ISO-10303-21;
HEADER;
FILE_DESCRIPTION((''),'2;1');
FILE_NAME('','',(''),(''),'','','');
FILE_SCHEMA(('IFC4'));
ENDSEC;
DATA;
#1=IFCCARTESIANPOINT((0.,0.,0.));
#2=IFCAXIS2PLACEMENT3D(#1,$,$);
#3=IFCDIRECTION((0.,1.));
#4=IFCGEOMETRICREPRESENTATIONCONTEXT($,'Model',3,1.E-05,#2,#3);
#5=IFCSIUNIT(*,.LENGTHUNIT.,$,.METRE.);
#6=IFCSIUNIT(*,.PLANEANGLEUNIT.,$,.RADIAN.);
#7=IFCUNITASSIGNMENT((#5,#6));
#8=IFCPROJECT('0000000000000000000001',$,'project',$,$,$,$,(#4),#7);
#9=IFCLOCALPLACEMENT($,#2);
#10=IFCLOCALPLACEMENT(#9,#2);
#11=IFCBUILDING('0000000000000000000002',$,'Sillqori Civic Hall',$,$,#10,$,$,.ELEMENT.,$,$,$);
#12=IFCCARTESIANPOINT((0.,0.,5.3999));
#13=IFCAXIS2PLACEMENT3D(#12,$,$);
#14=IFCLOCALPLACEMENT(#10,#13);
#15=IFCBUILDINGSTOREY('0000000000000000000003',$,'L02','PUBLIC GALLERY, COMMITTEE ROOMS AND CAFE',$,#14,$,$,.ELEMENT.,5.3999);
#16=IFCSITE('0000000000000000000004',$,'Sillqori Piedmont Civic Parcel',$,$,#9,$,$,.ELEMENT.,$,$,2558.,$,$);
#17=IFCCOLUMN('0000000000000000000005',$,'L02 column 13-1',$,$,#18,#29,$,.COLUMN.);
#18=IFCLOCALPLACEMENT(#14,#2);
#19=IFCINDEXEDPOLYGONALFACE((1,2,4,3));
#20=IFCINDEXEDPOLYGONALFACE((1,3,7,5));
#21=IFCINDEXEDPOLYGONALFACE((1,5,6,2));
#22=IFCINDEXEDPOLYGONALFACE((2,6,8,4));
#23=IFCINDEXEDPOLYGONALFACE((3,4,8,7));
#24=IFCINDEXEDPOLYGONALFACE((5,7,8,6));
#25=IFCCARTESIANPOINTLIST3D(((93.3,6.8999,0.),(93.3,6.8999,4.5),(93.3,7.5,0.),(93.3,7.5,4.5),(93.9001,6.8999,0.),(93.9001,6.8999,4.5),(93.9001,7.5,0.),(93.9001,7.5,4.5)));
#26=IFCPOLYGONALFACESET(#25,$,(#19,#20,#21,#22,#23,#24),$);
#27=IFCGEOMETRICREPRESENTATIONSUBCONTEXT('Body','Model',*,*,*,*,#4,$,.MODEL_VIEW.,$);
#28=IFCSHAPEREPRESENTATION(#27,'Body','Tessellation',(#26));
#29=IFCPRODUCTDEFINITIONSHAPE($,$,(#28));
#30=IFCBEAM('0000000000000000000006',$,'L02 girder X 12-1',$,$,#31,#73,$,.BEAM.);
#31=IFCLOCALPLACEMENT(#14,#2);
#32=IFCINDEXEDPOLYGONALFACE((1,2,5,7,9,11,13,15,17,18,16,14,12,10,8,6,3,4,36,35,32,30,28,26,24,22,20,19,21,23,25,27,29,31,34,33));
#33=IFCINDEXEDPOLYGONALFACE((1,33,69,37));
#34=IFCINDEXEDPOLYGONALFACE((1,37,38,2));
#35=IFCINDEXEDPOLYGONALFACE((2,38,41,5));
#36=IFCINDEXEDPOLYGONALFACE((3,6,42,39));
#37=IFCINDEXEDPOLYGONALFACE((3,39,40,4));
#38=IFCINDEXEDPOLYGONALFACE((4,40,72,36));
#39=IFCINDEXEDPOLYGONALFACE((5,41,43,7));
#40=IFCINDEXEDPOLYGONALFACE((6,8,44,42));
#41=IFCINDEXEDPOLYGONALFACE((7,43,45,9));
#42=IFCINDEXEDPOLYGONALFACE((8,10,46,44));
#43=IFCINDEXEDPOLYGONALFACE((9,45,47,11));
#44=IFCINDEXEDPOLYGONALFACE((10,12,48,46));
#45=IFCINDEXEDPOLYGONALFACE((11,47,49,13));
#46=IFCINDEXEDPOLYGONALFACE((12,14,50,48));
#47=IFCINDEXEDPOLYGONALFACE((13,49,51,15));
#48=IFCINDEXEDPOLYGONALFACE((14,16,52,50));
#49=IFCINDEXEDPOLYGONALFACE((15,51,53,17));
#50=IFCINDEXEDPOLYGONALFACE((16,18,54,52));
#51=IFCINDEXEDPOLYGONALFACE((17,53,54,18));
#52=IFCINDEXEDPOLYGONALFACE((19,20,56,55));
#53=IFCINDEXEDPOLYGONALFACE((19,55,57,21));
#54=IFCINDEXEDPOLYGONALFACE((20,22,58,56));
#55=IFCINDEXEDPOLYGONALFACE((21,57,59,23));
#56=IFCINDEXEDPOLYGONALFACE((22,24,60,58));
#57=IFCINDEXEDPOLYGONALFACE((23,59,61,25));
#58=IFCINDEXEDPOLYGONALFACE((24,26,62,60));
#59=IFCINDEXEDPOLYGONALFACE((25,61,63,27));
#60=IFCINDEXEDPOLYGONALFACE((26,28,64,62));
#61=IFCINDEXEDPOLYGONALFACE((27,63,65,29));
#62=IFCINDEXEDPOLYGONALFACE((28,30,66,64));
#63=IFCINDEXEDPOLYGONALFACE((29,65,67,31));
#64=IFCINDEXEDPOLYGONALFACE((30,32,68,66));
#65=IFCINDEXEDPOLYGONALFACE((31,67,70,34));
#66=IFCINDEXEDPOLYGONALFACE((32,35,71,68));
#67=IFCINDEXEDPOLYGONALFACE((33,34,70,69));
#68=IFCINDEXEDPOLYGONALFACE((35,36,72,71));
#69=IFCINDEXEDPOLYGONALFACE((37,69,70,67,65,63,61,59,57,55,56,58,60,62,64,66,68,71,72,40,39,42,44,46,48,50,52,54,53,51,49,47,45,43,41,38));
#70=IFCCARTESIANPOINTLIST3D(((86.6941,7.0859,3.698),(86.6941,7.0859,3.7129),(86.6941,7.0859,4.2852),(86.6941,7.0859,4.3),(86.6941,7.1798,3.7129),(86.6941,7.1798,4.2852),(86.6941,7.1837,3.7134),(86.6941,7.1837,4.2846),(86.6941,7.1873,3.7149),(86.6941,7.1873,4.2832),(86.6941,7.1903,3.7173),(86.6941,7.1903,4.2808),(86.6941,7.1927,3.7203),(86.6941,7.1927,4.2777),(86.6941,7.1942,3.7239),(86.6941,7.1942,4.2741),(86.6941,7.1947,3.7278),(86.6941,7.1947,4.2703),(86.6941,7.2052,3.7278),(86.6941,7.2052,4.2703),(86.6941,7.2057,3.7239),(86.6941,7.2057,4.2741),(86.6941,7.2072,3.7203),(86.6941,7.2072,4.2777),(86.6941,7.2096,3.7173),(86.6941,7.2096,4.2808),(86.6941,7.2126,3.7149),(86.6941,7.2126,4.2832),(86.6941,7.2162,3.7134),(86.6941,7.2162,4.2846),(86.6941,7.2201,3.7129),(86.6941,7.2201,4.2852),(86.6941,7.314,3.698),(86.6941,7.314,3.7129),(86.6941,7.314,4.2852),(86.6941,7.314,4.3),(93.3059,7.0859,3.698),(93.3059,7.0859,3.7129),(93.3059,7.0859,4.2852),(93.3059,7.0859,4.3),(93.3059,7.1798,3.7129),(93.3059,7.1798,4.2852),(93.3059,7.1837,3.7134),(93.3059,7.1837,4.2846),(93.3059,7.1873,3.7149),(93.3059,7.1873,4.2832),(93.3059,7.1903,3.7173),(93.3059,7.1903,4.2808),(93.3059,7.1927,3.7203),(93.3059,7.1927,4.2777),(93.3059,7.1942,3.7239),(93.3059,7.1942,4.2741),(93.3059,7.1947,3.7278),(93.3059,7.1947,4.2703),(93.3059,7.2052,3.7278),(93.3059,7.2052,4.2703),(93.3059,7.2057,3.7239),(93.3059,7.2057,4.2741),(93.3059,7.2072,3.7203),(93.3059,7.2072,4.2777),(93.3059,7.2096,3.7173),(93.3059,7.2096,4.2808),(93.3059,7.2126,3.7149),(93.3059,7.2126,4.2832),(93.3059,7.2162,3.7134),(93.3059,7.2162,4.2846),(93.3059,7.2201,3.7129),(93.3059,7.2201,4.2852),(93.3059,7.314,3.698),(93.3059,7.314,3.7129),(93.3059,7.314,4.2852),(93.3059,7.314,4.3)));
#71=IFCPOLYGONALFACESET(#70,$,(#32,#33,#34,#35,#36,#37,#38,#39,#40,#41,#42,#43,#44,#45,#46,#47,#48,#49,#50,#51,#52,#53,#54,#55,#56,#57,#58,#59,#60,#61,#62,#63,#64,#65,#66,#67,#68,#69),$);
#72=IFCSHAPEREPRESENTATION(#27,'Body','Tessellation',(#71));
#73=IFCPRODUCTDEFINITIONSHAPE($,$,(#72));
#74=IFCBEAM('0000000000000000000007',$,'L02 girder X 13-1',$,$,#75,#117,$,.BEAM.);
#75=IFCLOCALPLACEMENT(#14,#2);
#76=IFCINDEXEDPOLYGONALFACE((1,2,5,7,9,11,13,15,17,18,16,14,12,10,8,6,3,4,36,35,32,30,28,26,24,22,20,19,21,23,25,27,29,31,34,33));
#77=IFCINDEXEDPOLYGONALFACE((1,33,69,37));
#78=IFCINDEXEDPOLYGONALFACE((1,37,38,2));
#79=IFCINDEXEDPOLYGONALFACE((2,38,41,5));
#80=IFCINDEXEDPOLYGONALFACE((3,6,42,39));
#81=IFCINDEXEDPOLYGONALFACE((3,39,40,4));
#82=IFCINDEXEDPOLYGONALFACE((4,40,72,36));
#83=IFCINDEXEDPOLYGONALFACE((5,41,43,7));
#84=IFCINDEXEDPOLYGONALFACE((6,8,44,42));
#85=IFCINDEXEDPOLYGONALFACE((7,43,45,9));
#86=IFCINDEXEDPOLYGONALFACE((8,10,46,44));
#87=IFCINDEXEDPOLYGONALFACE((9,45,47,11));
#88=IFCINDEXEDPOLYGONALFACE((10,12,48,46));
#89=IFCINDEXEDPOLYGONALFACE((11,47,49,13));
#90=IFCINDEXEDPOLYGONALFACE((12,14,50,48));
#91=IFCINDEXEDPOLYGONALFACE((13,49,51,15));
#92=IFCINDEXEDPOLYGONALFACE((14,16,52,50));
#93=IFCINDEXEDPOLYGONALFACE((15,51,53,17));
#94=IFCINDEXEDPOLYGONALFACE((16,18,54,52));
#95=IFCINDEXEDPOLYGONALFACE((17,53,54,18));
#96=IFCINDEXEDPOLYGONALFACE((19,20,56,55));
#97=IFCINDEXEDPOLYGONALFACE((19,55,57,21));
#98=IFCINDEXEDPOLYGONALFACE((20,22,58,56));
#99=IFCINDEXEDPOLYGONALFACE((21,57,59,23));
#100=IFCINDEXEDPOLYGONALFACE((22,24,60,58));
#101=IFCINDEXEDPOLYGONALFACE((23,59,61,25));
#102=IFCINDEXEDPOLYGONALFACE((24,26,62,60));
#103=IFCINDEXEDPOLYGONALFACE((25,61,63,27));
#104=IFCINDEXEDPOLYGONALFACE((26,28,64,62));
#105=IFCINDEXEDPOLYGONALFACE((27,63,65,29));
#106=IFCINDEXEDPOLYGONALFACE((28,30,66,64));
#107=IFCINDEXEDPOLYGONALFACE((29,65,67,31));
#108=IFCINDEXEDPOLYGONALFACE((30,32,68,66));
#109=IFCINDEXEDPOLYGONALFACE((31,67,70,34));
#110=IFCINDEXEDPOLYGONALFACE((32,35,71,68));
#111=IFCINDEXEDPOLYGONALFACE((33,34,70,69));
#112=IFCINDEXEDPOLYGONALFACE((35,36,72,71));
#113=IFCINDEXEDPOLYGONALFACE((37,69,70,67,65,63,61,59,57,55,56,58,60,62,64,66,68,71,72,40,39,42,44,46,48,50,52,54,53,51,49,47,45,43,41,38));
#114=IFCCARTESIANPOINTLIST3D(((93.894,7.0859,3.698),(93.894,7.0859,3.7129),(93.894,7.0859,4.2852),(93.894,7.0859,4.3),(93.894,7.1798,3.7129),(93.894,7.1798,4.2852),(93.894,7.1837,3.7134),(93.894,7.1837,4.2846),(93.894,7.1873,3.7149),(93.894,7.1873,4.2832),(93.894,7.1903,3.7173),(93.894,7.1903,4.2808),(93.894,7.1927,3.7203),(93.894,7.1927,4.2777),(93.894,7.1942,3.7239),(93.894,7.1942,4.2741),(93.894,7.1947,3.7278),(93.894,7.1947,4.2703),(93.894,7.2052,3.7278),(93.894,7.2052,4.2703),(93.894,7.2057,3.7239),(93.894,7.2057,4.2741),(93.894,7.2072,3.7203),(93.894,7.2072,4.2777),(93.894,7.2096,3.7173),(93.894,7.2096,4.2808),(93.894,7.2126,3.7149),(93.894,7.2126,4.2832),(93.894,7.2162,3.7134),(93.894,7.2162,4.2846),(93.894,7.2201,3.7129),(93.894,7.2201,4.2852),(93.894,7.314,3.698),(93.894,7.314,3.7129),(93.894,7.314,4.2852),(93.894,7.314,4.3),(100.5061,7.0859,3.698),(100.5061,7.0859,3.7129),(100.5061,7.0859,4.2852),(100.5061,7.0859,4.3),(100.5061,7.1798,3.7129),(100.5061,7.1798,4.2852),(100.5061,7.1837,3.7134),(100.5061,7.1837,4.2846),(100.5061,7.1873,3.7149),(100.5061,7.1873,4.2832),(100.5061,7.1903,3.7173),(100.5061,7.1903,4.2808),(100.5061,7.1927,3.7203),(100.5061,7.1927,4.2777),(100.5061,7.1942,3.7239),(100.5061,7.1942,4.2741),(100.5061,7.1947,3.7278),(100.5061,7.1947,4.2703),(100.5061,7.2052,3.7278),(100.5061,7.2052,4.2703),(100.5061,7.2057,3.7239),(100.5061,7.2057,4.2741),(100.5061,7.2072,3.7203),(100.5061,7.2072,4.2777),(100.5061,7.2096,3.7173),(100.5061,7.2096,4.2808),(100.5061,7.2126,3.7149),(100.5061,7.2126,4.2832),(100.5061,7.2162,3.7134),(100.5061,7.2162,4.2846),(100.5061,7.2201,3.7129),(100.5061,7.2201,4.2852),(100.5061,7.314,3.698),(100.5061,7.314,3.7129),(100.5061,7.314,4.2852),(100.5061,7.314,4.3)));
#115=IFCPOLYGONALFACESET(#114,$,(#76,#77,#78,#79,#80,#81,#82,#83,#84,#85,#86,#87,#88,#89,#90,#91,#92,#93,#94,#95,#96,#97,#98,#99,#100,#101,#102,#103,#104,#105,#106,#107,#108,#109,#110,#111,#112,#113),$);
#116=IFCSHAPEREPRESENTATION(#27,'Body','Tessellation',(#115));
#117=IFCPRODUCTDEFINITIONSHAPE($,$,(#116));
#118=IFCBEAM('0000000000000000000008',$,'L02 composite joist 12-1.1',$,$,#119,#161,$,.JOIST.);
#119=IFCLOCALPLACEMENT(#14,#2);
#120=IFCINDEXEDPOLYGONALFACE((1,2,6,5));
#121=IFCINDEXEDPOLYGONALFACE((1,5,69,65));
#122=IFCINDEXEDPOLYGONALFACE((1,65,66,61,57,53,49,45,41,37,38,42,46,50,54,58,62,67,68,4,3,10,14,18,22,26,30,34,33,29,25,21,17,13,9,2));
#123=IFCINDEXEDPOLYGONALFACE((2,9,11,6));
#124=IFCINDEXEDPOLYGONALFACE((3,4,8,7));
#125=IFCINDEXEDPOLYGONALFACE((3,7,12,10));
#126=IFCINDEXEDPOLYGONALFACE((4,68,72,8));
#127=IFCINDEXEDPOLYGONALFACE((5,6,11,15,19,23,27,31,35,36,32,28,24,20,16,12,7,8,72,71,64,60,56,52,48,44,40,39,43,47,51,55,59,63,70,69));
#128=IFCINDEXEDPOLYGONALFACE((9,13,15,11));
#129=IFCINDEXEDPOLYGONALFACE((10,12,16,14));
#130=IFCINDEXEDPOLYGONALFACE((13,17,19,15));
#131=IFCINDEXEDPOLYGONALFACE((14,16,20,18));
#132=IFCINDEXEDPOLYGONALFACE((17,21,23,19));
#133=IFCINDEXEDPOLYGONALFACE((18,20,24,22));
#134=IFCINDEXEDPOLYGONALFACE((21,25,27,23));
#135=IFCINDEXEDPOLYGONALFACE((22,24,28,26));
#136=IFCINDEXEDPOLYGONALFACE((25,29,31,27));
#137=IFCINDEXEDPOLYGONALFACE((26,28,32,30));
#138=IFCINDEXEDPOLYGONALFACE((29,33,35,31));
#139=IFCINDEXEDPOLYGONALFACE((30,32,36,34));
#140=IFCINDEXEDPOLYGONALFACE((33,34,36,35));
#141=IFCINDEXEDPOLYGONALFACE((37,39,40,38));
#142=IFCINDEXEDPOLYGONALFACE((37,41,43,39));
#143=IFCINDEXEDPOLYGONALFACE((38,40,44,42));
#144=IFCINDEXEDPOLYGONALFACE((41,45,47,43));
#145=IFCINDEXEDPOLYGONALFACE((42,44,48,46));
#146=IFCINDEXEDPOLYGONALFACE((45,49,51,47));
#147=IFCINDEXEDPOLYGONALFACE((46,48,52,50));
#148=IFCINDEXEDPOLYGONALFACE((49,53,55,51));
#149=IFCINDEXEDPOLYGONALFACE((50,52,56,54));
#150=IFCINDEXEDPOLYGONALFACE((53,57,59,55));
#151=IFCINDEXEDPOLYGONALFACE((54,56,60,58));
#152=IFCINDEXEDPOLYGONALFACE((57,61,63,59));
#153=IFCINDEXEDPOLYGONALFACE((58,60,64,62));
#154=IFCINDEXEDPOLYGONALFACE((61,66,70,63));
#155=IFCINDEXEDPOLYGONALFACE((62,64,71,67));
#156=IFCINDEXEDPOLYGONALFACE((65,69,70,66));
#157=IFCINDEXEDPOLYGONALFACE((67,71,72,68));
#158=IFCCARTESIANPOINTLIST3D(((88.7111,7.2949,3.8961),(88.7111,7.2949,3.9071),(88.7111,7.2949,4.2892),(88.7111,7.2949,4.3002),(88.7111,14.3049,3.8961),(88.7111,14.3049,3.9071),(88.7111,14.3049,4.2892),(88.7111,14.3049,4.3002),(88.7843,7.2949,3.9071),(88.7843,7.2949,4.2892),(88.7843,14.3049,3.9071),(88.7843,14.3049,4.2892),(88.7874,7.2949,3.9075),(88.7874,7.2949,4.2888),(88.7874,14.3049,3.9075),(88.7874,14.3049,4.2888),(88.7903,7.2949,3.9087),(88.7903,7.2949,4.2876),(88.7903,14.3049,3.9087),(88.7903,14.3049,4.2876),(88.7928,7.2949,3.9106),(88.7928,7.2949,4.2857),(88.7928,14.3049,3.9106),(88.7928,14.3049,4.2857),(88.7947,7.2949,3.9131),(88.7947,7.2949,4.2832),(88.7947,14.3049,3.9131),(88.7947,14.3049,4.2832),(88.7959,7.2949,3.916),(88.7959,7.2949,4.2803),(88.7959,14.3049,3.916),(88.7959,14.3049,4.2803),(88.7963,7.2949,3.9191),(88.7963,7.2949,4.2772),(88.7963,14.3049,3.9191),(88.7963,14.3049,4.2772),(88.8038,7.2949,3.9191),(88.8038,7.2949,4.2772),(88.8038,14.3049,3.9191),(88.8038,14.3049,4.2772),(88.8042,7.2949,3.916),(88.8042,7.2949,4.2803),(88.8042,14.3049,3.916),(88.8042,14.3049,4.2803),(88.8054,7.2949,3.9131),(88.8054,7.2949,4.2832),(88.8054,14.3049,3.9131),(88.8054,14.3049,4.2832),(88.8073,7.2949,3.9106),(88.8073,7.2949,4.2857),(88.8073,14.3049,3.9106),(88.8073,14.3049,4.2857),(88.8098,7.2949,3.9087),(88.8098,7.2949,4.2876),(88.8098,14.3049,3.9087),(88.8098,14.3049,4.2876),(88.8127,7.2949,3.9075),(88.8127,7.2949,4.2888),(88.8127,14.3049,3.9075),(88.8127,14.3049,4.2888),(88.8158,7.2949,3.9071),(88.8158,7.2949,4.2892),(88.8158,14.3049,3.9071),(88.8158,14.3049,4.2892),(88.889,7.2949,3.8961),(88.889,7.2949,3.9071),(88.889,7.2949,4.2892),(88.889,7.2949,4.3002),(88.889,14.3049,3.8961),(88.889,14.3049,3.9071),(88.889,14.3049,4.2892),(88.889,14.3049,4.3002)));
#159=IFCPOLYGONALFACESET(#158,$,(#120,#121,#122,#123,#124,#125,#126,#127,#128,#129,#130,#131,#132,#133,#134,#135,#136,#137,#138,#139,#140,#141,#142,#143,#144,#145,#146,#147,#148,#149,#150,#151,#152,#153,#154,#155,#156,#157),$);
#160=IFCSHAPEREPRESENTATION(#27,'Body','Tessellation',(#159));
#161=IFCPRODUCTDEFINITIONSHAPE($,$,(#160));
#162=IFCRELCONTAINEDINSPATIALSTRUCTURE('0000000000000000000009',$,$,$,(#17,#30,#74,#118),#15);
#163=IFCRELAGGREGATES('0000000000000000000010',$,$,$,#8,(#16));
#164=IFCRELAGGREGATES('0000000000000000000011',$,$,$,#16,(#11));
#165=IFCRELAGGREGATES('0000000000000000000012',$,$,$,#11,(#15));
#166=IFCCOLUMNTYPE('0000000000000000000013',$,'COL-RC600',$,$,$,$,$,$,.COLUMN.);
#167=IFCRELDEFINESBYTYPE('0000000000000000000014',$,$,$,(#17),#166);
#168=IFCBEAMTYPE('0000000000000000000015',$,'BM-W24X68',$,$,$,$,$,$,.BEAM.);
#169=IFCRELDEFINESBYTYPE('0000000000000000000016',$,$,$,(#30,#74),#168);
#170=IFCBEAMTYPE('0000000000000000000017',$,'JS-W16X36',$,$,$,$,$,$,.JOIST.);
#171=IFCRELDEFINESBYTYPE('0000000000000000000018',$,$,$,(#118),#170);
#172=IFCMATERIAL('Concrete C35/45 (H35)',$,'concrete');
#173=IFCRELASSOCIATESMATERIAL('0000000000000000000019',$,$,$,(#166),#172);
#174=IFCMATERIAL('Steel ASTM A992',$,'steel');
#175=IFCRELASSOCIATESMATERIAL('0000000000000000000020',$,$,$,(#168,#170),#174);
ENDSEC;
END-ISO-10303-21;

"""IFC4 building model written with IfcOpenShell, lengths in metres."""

from ifc_helpers import new_model, si_unit, direction, frame, origin, origin_2d, place, context, subcontext, project, spatial, rectangle, i_section, extrude, material, material_profile, profile_set, type_object, element, save


model = new_model("IFC4")

# Units and contexts
model_context = context("Model", 3, precision=1e-05, world=origin(), true_north=direction((0.0, 1.0)))
body_context = subcontext(model_context, "Body", "Model", "MODEL_VIEW")
ifc_project = project(units=[si_unit("LENGTHUNIT", "METRE"), si_unit("PLANEANGLEUNIT", "RADIAN")], contexts=[model_context])

# Site, building, storey
site_placement = place(None, origin())
site = spatial("IfcSite", under=ifc_project, at=site_placement, Name="Sillqori Piedmont Civic Parcel", CompositionType="ELEMENT", RefElevation=2558.0)
building_placement = place(site_placement, origin())
building = spatial("IfcBuilding", under=site, at=building_placement, Name="Sillqori Civic Hall", CompositionType="ELEMENT")
storey_placement = place(building_placement, frame((0.0, 0.0, 5.3999)))
storey = spatial("IfcBuildingStorey", under=building, at=storey_placement, Name="L02", Description="PUBLIC GALLERY, COMMITTEE ROOMS AND CAFE", CompositionType="ELEMENT", Elevation=5.3999)

# Column
ifc_material_1 = material(Name="Concrete C35/45 (H35)", Category="concrete")
ifc_material_profile_1 = material_profile(ifc_material_1, rectangle(XDim=0.6001, YDim=0.6001, at=origin_2d()), Name="RC 600x600")
ifc_profile_set_1 = profile_set([ifc_material_profile_1], Name="Concrete C35/45 (H35)")
column_type = type_object("IfcColumnType", Name="COL-RC600", PredefinedType="COLUMN", material=ifc_profile_set_1)
column_placement = place(storey_placement, frame((93.6001, 7.2, 0.0), z_axis=(0.0, 0.0, 1.0), x_axis=(1.0, 0.0, 0.0)))
element("IfcColumn", 1, at=column_placement, inside=storey, type_object=column_type, Name="L02 column 13-1", PredefinedType="COLUMN", context=body_context, shape_type="SweptSolid", body=[
    extrude(rectangle(XDim=0.6001, YDim=0.6001, at=origin_2d()), origin(), (0.0, 0.0, 1.0), 4.5),
])

# Beams
ifc_material_2 = material(Name="Steel ASTM A992", Category="steel")
ifc_material_profile_2 = material_profile(ifc_material_2, i_section(OverallWidth=0.228, OverallDepth=0.6021, WebThickness=0.0105, FlangeThickness=0.0149, FilletRadius=0.0149, at=origin_2d()), Name="W24X68")
ifc_profile_set_2 = profile_set([ifc_material_profile_2], Name="Steel ASTM A992")
beam_type_1 = type_object("IfcBeamType", Name="BM-W24X68", PredefinedType="BEAM", material=ifc_profile_set_2)
beam_1_placement = place(storey_placement, frame((86.6941, 7.2, 3.999), z_axis=(1.0, 0.0, 0.0), x_axis=(0.0, 1.0, 0.0)))
element("IfcBeam", 2, at=beam_1_placement, inside=storey, type_object=beam_type_1, Name="L02 girder X 12-1", PredefinedType="BEAM", context=body_context, shape_type="SweptSolid", body=[
    extrude(i_section(OverallWidth=0.228, OverallDepth=0.6021, WebThickness=0.0105, FlangeThickness=0.0149, FilletRadius=0.0149, at=origin_2d()), origin(), (0.0, 0.0, 1.0), 6.6118),
])
beam_2_placement = place(storey_placement, frame((93.894, 7.2, 3.999), z_axis=(1.0, 0.0, 0.0), x_axis=(0.0, 1.0, 0.0)))
element("IfcBeam", 3, at=beam_2_placement, inside=storey, type_object=beam_type_1, Name="L02 girder X 13-1", PredefinedType="BEAM", context=body_context, shape_type="SweptSolid", body=[
    extrude(i_section(OverallWidth=0.228, OverallDepth=0.6021, WebThickness=0.0105, FlangeThickness=0.0149, FilletRadius=0.0149, at=origin_2d()), origin(), (0.0, 0.0, 1.0), 6.6121),
])
ifc_material_profile_3 = material_profile(ifc_material_2, i_section(OverallWidth=0.178, OverallDepth=0.4041, WebThickness=0.0076, FlangeThickness=0.011, FilletRadius=0.012, at=origin_2d()), Name="W16X36")
ifc_profile_set_3 = profile_set([ifc_material_profile_3], Name="Steel ASTM A992")
beam_type_2 = type_object("IfcBeamType", Name="JS-W16X36", PredefinedType="JOIST", material=ifc_profile_set_3)
for number, where, z_axis, x_axis, name in (
    (4, (88.8, 7.2949, 4.0981), (0.0, 1.0, 0.0), (-1.0, 0.0, 0.0), "L02 composite joist 12-1.1"),
):
    element("IfcBeam", number, at=place(storey_placement, frame(where, z_axis=z_axis, x_axis=x_axis)), inside=storey, type_object=beam_type_2, Name=name, PredefinedType="JOIST", context=body_context, shape_type="SweptSolid", body=[
        extrude(i_section(OverallWidth=0.178, OverallDepth=0.4041, WebThickness=0.0076, FlangeThickness=0.011, FilletRadius=0.012, at=origin_2d()), origin(), (0.0, 0.0, 1.0), 7.01),
    ])

save(model, "model.ifc")
